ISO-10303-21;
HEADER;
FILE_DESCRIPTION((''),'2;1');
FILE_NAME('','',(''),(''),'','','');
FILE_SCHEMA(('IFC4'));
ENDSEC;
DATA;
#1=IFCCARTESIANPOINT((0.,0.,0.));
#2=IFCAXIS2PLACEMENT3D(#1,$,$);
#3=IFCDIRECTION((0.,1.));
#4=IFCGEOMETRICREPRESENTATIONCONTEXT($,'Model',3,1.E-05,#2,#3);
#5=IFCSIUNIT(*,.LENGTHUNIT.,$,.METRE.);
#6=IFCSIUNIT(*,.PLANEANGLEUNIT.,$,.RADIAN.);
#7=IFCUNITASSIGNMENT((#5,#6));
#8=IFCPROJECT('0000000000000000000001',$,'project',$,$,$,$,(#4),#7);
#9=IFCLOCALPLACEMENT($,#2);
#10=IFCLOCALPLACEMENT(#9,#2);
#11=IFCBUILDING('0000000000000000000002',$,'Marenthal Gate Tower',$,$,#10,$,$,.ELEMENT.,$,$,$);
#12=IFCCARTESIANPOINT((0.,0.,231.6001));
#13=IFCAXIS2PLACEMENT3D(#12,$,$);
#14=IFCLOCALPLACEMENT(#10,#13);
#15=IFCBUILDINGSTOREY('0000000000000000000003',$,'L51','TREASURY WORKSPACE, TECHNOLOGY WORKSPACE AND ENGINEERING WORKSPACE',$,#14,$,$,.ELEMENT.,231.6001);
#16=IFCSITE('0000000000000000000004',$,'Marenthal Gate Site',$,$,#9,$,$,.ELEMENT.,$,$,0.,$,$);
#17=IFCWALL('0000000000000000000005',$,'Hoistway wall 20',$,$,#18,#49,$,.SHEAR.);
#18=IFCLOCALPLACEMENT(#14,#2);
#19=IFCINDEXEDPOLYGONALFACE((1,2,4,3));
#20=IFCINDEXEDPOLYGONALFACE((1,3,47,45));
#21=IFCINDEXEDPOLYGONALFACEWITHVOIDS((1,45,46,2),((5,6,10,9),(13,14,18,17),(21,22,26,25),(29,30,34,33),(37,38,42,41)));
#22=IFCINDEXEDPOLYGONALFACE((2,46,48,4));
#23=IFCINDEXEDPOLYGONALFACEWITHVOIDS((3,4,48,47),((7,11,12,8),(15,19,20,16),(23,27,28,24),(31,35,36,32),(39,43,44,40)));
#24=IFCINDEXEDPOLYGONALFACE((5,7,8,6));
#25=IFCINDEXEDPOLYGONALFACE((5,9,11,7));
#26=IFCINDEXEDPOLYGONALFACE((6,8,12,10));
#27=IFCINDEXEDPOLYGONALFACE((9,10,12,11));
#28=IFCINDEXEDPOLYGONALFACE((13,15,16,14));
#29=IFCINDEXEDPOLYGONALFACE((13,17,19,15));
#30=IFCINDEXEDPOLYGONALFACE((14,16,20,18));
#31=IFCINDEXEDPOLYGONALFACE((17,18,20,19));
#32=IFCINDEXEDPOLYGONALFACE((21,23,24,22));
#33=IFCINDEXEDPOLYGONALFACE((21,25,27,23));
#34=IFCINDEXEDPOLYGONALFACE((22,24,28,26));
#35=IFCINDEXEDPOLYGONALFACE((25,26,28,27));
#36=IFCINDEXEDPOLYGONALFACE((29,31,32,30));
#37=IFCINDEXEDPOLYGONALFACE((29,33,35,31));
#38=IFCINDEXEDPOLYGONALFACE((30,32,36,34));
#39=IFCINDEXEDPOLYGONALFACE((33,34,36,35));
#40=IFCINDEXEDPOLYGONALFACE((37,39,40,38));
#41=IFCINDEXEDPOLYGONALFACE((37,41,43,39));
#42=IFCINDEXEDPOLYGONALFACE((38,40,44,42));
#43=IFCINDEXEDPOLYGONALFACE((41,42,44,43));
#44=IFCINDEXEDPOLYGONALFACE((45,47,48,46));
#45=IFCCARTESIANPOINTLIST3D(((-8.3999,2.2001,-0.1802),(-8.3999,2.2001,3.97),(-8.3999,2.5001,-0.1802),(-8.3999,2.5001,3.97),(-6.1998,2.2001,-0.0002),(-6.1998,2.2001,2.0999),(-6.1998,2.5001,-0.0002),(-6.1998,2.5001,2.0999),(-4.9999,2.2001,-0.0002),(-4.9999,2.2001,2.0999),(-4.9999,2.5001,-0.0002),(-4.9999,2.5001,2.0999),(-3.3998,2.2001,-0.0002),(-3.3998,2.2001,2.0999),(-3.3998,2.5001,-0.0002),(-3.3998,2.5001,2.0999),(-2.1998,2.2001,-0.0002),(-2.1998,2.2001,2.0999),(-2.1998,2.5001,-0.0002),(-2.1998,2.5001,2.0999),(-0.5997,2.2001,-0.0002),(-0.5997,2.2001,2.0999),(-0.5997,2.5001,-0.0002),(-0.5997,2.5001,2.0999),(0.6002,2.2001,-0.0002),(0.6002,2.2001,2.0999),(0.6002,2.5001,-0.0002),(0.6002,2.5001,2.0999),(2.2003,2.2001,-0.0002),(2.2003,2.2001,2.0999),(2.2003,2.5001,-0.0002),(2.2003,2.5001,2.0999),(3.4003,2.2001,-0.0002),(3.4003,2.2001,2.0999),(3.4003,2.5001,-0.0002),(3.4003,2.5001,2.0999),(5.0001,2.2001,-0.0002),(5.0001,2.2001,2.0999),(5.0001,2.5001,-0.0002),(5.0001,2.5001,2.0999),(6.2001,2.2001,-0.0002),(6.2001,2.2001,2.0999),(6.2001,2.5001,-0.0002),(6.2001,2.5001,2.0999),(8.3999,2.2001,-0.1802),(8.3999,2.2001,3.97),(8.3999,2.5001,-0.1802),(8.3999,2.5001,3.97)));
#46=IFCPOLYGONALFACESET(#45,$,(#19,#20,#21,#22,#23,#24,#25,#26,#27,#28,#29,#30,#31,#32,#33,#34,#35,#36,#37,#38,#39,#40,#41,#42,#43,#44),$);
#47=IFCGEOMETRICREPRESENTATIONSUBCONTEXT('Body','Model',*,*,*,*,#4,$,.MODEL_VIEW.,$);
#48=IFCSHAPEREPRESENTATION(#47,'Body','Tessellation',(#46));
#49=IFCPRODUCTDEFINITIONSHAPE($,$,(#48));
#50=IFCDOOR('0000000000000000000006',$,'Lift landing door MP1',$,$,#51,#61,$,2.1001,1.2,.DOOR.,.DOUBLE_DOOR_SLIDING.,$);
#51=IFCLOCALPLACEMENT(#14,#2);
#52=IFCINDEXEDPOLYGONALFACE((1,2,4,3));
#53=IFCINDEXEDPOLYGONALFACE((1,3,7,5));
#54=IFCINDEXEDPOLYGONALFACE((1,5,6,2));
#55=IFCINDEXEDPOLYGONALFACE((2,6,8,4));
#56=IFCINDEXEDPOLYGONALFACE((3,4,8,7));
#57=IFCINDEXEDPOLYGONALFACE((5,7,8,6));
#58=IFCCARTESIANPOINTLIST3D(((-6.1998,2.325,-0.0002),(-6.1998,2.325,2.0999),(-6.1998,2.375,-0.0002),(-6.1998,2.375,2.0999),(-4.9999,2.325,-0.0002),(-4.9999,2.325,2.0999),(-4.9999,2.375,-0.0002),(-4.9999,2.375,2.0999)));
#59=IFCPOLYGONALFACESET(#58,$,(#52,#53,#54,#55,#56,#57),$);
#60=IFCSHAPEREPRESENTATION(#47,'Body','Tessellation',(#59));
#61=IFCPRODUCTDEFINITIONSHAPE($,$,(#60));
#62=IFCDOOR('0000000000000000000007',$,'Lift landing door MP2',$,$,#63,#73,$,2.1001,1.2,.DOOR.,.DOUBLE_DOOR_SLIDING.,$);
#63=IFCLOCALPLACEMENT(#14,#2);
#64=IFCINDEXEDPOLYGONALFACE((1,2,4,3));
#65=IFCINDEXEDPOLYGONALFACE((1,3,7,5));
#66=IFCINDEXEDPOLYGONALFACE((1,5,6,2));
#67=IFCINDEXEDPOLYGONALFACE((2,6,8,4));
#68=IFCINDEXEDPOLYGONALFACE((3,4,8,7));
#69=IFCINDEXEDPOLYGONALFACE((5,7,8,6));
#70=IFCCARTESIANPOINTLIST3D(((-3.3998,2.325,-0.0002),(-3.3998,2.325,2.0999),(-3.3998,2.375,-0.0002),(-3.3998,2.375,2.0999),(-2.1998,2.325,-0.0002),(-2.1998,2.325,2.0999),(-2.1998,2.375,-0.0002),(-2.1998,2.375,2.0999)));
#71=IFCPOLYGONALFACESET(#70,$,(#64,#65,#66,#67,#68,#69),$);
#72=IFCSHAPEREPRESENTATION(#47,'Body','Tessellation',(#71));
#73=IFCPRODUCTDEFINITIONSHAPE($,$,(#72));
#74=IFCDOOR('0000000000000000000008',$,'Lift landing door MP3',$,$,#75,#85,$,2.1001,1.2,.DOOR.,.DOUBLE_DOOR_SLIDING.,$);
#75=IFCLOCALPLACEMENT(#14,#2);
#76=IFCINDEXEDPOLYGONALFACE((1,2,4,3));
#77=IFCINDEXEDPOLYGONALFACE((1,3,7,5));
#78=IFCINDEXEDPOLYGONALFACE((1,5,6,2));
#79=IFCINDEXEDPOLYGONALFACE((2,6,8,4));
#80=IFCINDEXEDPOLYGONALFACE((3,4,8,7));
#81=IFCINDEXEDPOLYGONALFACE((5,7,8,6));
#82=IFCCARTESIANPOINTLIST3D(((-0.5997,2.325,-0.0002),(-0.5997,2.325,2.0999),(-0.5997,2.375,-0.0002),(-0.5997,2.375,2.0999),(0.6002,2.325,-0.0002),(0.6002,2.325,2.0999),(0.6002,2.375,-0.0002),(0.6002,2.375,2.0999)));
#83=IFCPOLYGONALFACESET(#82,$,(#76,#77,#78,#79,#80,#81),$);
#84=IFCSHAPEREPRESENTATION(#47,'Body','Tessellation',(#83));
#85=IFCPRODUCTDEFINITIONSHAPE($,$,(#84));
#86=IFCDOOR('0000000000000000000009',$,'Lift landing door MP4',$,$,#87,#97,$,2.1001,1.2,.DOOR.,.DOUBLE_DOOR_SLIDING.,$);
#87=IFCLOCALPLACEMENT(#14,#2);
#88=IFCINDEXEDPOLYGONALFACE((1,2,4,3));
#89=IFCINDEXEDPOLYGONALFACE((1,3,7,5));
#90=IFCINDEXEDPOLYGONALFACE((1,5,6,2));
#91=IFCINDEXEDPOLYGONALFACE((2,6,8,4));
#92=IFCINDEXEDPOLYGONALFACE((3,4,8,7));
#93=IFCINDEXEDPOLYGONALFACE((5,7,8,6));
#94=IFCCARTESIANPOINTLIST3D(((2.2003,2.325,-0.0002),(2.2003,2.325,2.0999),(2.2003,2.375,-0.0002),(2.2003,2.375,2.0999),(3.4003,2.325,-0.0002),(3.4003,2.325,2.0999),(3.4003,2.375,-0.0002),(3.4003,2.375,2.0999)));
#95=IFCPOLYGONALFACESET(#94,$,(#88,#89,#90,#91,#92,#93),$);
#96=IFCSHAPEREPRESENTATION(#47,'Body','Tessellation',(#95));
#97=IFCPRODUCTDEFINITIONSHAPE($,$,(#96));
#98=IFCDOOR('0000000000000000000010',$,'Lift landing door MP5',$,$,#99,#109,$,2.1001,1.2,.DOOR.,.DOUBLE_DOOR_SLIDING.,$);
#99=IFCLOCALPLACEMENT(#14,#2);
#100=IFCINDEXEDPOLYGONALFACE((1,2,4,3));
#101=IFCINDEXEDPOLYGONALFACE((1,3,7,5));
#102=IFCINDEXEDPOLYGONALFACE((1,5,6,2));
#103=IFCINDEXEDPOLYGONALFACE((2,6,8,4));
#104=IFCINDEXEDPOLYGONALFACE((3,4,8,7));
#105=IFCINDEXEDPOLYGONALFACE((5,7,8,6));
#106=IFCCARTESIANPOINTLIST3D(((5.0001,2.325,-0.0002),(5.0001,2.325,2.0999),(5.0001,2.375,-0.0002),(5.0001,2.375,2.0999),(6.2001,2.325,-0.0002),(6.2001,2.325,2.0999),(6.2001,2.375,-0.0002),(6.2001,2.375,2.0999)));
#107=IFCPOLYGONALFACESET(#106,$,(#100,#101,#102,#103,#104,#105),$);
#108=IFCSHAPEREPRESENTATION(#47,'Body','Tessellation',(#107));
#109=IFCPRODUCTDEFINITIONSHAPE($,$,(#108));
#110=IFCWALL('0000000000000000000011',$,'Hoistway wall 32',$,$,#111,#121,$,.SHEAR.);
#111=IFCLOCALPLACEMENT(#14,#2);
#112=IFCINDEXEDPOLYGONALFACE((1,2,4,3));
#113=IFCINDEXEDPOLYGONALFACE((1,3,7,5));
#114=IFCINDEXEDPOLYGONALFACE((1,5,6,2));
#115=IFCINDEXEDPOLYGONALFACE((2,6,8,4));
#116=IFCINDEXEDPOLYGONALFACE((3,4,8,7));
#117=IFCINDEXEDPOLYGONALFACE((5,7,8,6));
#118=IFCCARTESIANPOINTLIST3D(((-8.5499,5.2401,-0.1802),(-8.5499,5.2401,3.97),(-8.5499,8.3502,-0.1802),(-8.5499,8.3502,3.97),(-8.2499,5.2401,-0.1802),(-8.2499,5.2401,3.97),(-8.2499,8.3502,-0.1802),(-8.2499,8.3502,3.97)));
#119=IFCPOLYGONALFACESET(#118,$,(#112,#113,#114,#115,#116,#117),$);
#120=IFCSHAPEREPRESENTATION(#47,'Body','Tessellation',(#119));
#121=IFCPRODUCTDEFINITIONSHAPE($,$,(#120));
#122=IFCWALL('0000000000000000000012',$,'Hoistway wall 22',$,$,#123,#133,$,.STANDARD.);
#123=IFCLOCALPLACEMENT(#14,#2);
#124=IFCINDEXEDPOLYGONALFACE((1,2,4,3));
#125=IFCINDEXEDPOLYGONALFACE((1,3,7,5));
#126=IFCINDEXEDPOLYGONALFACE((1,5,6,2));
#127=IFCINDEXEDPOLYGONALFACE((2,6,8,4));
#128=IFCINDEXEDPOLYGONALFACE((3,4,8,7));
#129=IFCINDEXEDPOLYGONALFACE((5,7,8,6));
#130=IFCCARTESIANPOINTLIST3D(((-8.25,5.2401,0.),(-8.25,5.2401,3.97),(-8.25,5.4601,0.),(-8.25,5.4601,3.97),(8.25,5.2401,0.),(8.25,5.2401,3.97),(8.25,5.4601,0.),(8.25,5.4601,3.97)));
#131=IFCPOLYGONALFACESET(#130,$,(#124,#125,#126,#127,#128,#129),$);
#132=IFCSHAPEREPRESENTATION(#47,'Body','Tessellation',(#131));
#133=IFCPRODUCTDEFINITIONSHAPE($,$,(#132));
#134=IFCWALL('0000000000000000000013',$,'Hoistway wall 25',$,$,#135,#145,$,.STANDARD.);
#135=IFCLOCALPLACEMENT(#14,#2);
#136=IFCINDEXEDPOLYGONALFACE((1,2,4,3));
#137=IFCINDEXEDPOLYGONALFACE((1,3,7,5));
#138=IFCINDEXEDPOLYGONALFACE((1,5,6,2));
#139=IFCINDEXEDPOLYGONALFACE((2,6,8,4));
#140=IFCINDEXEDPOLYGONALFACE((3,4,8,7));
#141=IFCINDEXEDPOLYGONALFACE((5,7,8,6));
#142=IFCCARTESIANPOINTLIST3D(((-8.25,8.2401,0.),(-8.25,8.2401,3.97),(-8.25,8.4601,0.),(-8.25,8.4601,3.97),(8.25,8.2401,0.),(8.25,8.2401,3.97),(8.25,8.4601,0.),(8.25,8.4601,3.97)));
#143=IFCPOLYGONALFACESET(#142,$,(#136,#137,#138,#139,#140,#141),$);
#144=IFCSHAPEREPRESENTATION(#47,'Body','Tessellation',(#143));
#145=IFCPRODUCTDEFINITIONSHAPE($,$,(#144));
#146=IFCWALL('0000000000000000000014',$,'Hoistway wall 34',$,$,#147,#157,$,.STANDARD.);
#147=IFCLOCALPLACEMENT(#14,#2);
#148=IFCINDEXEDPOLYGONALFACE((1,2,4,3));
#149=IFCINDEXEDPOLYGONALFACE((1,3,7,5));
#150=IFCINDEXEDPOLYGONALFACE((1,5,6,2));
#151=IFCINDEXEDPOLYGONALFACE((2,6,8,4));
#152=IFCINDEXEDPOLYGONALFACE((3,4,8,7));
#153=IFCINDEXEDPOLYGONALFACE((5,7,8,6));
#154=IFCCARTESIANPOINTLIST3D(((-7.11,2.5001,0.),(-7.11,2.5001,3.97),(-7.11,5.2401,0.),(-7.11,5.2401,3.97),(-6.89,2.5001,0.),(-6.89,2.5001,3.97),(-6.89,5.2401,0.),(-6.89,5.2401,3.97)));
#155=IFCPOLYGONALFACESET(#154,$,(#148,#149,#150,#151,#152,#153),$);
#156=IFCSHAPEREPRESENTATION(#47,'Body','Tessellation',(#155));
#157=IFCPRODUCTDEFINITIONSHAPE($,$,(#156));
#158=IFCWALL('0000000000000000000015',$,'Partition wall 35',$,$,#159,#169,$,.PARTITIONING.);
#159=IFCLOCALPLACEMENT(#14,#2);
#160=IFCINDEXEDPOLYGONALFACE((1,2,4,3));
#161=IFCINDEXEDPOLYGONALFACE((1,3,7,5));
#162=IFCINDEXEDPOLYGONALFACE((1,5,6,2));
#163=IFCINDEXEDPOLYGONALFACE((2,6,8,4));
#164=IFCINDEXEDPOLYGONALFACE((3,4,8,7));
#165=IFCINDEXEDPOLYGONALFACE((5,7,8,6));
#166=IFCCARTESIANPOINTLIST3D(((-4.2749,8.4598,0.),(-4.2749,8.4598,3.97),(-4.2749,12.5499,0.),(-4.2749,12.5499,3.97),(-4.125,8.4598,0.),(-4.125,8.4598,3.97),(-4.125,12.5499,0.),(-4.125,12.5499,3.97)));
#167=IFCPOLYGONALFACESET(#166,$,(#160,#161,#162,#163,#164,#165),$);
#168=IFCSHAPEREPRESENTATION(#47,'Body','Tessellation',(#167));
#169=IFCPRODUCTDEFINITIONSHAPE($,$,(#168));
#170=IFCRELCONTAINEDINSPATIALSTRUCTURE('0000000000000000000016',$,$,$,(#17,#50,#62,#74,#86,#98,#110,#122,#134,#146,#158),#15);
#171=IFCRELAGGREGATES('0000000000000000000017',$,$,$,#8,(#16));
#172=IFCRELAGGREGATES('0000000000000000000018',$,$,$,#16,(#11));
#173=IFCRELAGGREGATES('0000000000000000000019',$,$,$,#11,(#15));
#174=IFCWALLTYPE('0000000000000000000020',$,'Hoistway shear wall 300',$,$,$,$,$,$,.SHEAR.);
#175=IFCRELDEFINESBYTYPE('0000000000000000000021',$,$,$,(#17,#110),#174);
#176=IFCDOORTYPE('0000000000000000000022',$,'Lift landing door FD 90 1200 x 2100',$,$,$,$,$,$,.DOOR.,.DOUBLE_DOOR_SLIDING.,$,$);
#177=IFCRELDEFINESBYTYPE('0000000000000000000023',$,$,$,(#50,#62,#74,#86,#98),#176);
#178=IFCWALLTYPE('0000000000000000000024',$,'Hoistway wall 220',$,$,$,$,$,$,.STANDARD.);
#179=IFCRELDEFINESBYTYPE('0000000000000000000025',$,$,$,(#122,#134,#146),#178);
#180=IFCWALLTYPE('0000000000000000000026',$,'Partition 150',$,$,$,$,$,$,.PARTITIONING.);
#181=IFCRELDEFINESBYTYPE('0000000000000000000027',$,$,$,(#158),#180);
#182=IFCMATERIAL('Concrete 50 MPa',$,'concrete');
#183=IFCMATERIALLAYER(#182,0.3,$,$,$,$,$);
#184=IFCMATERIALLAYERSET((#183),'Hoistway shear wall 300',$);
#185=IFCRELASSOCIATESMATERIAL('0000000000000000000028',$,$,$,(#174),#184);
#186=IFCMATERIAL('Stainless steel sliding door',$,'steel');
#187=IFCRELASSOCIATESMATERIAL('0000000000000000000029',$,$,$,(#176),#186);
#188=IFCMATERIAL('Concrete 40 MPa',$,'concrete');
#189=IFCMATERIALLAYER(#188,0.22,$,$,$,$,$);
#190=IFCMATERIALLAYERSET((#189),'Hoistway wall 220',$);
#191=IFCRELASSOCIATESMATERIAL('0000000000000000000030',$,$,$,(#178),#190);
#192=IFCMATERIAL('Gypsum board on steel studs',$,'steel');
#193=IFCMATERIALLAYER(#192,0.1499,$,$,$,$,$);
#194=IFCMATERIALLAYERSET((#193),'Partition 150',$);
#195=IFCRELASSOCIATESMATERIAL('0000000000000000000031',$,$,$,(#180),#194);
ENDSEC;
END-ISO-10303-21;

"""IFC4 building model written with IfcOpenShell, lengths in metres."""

from ifc_helpers import new_model, si_unit, direction, frame, frame_2d, origin, place, context, subcontext, project, spatial, rectangle, extrude, material, layer, layer_set, type_object, element, fill, save


model = new_model("IFC4")

# Units and contexts
model_context = context("Model", 3, precision=1e-05, world=origin(), true_north=direction((0.0, 1.0)))
body_context = subcontext(model_context, "Body", "Model", "MODEL_VIEW")
ifc_project = project(units=[si_unit("LENGTHUNIT", "METRE"), si_unit("PLANEANGLEUNIT", "RADIAN")], contexts=[model_context])

# Site, building, storey
site_placement = place(None, origin())
site = spatial("IfcSite", under=ifc_project, at=site_placement, Name="Marenthal Gate Site", CompositionType="ELEMENT", RefElevation=0.0)
building_placement = place(site_placement, origin())
building = spatial("IfcBuilding", under=site, at=building_placement, Name="Marenthal Gate Tower", CompositionType="ELEMENT")
storey_placement = place(building_placement, frame((0.0, 0.0, 231.6001)))
storey = spatial("IfcBuildingStorey", under=building, at=storey_placement, Name="L51", Description="TREASURY WORKSPACE, TECHNOLOGY WORKSPACE AND ENGINEERING WORKSPACE", CompositionType="ELEMENT", Elevation=231.6001)

# Wall, openings, doors
ifc_material_1 = material(Name="Concrete 50 MPa", Category="concrete")
ifc_layer_1 = layer(ifc_material_1, 0.3)
ifc_layer_set_1 = layer_set([ifc_layer_1], Name="Hoistway shear wall 300")
wall_type_1 = type_object("IfcWallType", Name="Hoistway shear wall 300", PredefinedType="SHEAR", material=ifc_layer_set_1)
wall_1_placement = place(storey_placement, frame((-8.3999, 2.3501, -0.1802), z_axis=(0.0, 0.0, 1.0), x_axis=(1.0, 0.0, 0.0)))
wall_1 = element("IfcWall", 1, at=wall_1_placement, inside=storey, type_object=wall_type_1, Name="Hoistway wall 20", PredefinedType="SHEAR", context=body_context, shape_type="SweptSolid", body=[
    extrude(rectangle(XDim=16.7998, YDim=0.3, at=frame_2d((8.3999, 0.0))), origin(), (0.0, 0.0, 1.0), 4.1501),
])
opening_1_placement = place(wall_1_placement, frame((2.2, 0.0, 0.1799)))
opening_1 = element("IfcOpeningElement", 2, at=opening_1_placement, cuts=wall_1, PredefinedType="OPENING", context=body_context, shape_type="SweptSolid", body=[
    extrude(rectangle(XDim=1.2, YDim=2.1001, at=frame_2d((0.6001, 1.05))), frame((0.0, 0.1602, 0.0), z_axis=(0.0, -1.0, 0.0), x_axis=(1.0, 0.0, 0.0)), (0.0, 0.0, 1.0), 0.3201),
])
opening_2_placement = place(wall_1_placement, frame((5.0, 0.0, 0.1799)))
opening_2 = element("IfcOpeningElement", 3, at=opening_2_placement, cuts=wall_1, PredefinedType="OPENING", context=body_context, shape_type="SweptSolid", body=[
    extrude(rectangle(XDim=1.2, YDim=2.1001, at=frame_2d((0.6001, 1.05))), frame((0.0, 0.1602, 0.0), z_axis=(0.0, -1.0, 0.0), x_axis=(1.0, 0.0, 0.0)), (0.0, 0.0, 1.0), 0.3201),
])
opening_3_placement = place(wall_1_placement, frame((7.8, 0.0, 0.1799)))
opening_3 = element("IfcOpeningElement", 4, at=opening_3_placement, cuts=wall_1, PredefinedType="OPENING", context=body_context, shape_type="SweptSolid", body=[
    extrude(rectangle(XDim=1.2, YDim=2.1001, at=frame_2d((0.6001, 1.05))), frame((0.0, 0.1602, 0.0), z_axis=(0.0, -1.0, 0.0), x_axis=(1.0, 0.0, 0.0)), (0.0, 0.0, 1.0), 0.3201),
])
opening_4_placement = place(wall_1_placement, frame((10.6001, 0.0, 0.1799)))
opening_4 = element("IfcOpeningElement", 5, at=opening_4_placement, cuts=wall_1, PredefinedType="OPENING", context=body_context, shape_type="SweptSolid", body=[
    extrude(rectangle(XDim=1.2, YDim=2.1001, at=frame_2d((0.6001, 1.05))), frame((0.0, 0.1602, 0.0), z_axis=(0.0, -1.0, 0.0), x_axis=(1.0, 0.0, 0.0)), (0.0, 0.0, 1.0), 0.3201),
])
opening_5_placement = place(wall_1_placement, frame((13.3999, 0.0, 0.1799)))
opening_5 = element("IfcOpeningElement", 6, at=opening_5_placement, cuts=wall_1, PredefinedType="OPENING", context=body_context, shape_type="SweptSolid", body=[
    extrude(rectangle(XDim=1.2, YDim=2.1001, at=frame_2d((0.6001, 1.05))), frame((0.0, 0.1602, 0.0), z_axis=(0.0, -1.0, 0.0), x_axis=(1.0, 0.0, 0.0)), (0.0, 0.0, 1.0), 0.3201),
])
ifc_material_2 = material(Name="Stainless steel sliding door", Category="steel")
door_type = type_object("IfcDoorType", Name="Lift landing door FD 90 1200 x 2100", OperationType="DOUBLE_DOOR_SLIDING", PredefinedType="DOOR", material=ifc_material_2)
door_1_placement = place(opening_1_placement, origin())
door_1 = element("IfcDoor", 7, at=door_1_placement, inside=storey, type_object=door_type, Name="Lift landing door MP1", OperationType="DOUBLE_DOOR_SLIDING", OverallHeight=2.1001, OverallWidth=1.2, PredefinedType="DOOR", context=body_context, shape_type="SweptSolid", body=[
    extrude(rectangle(XDim=1.2, YDim=2.1001, at=frame_2d((0.6001, 1.05))), frame((0.0, 0.0249, 0.0), z_axis=(0.0, -1.0, 0.0), x_axis=(1.0, 0.0, 0.0)), (0.0, 0.0, 1.0), 0.05),
])
fill(opening_1, door_1)
door_2_placement = place(opening_2_placement, origin())
door_2 = element("IfcDoor", 8, at=door_2_placement, inside=storey, type_object=door_type, Name="Lift landing door MP2", OperationType="DOUBLE_DOOR_SLIDING", OverallHeight=2.1001, OverallWidth=1.2, PredefinedType="DOOR", context=body_context, shape_type="SweptSolid", body=[
    extrude(rectangle(XDim=1.2, YDim=2.1001, at=frame_2d((0.6001, 1.05))), frame((0.0, 0.0249, 0.0), z_axis=(0.0, -1.0, 0.0), x_axis=(1.0, 0.0, 0.0)), (0.0, 0.0, 1.0), 0.05),
])
fill(opening_2, door_2)
door_3_placement = place(opening_3_placement, origin())
door_3 = element("IfcDoor", 9, at=door_3_placement, inside=storey, type_object=door_type, Name="Lift landing door MP3", OperationType="DOUBLE_DOOR_SLIDING", OverallHeight=2.1001, OverallWidth=1.2, PredefinedType="DOOR", context=body_context, shape_type="SweptSolid", body=[
    extrude(rectangle(XDim=1.2, YDim=2.1001, at=frame_2d((0.6001, 1.05))), frame((0.0, 0.0249, 0.0), z_axis=(0.0, -1.0, 0.0), x_axis=(1.0, 0.0, 0.0)), (0.0, 0.0, 1.0), 0.05),
])
fill(opening_3, door_3)
door_4_placement = place(opening_4_placement, origin())
door_4 = element("IfcDoor", 10, at=door_4_placement, inside=storey, type_object=door_type, Name="Lift landing door MP4", OperationType="DOUBLE_DOOR_SLIDING", OverallHeight=2.1001, OverallWidth=1.2, PredefinedType="DOOR", context=body_context, shape_type="SweptSolid", body=[
    extrude(rectangle(XDim=1.2, YDim=2.1001, at=frame_2d((0.6001, 1.05))), frame((0.0, 0.0249, 0.0), z_axis=(0.0, -1.0, 0.0), x_axis=(1.0, 0.0, 0.0)), (0.0, 0.0, 1.0), 0.05),
])
fill(opening_4, door_4)
door_5_placement = place(opening_5_placement, origin())
door_5 = element("IfcDoor", 11, at=door_5_placement, inside=storey, type_object=door_type, Name="Lift landing door MP5", OperationType="DOUBLE_DOOR_SLIDING", OverallHeight=2.1001, OverallWidth=1.2, PredefinedType="DOOR", context=body_context, shape_type="SweptSolid", body=[
    extrude(rectangle(XDim=1.2, YDim=2.1001, at=frame_2d((0.6001, 1.05))), frame((0.0, 0.0249, 0.0), z_axis=(0.0, -1.0, 0.0), x_axis=(1.0, 0.0, 0.0)), (0.0, 0.0, 1.0), 0.05),
])
fill(opening_5, door_5)

# Walls
wall_2_placement = place(storey_placement, frame((-8.3999, 5.24, -0.1802), z_axis=(0.0, 0.0, 1.0), x_axis=(0.0, 1.0, 0.0)))
element("IfcWall", 12, at=wall_2_placement, inside=storey, type_object=wall_type_1, Name="Hoistway wall 32", PredefinedType="SHEAR", context=body_context, shape_type="SweptSolid", body=[
    extrude(rectangle(XDim=3.1101, YDim=0.3, at=frame_2d((1.5552, 0.0))), origin(), (0.0, 0.0, 1.0), 4.1501),
])
ifc_material_3 = material(Name="Concrete 40 MPa", Category="concrete")
ifc_layer_2 = layer(ifc_material_3, 0.22)
ifc_layer_set_2 = layer_set([ifc_layer_2], Name="Hoistway wall 220")
wall_type_2 = type_object("IfcWallType", Name="Hoistway wall 220", PredefinedType="STANDARD", material=ifc_layer_set_2)
for number, where, z_axis, x_axis, name in (
    (13, (-8.25, 5.3501, 0.0), (0.0, 0.0, 1.0), (1.0, 0.0, 0.0), "Hoistway wall 22"),
    (14, (-8.25, 8.3501, 0.0), (0.0, 0.0, 1.0), (1.0, 0.0, 0.0), "Hoistway wall 25"),
):
    element("IfcWall", number, at=place(storey_placement, frame(where, z_axis=z_axis, x_axis=x_axis)), inside=storey, type_object=wall_type_2, Name=name, PredefinedType="STANDARD", context=body_context, shape_type="SweptSolid", body=[
        extrude(rectangle(XDim=16.5, YDim=0.22, at=frame_2d((8.25, 0.0))), origin(), (0.0, 0.0, 1.0), 3.97),
    ])
wall_3_placement = place(storey_placement, frame((-7.0, 2.5, 0.0), z_axis=(0.0, 0.0, 1.0), x_axis=(0.0, 1.0, 0.0)))
element("IfcWall", 15, at=wall_3_placement, inside=storey, type_object=wall_type_2, Name="Hoistway wall 34", PredefinedType="STANDARD", context=body_context, shape_type="SweptSolid", body=[
    extrude(rectangle(XDim=2.74, YDim=0.22, at=frame_2d((1.3701, 0.0))), origin(), (0.0, 0.0, 1.0), 3.97),
])
ifc_material_4 = material(Name="Gypsum board on steel studs", Category="steel")
ifc_layer_3 = layer(ifc_material_4, 0.1499)
ifc_layer_set_3 = layer_set([ifc_layer_3], Name="Partition 150")
wall_type_3 = type_object("IfcWallType", Name="Partition 150", PredefinedType="PARTITIONING", material=ifc_layer_set_3)
wall_4_placement = place(storey_placement, frame((-4.2, 8.46, 0.0), z_axis=(0.0, 0.0, 1.0), x_axis=(0.0, 1.0, 0.0)))
element("IfcWall", 16, at=wall_4_placement, inside=storey, type_object=wall_type_3, Name="Partition wall 35", PredefinedType="PARTITIONING", context=body_context, shape_type="SweptSolid", body=[
    extrude(rectangle(XDim=4.0901, YDim=0.1499, at=frame_2d((2.0449, 0.0))), origin(), (0.0, 0.0, 1.0), 3.97),
])

save(model, "model.ifc")
